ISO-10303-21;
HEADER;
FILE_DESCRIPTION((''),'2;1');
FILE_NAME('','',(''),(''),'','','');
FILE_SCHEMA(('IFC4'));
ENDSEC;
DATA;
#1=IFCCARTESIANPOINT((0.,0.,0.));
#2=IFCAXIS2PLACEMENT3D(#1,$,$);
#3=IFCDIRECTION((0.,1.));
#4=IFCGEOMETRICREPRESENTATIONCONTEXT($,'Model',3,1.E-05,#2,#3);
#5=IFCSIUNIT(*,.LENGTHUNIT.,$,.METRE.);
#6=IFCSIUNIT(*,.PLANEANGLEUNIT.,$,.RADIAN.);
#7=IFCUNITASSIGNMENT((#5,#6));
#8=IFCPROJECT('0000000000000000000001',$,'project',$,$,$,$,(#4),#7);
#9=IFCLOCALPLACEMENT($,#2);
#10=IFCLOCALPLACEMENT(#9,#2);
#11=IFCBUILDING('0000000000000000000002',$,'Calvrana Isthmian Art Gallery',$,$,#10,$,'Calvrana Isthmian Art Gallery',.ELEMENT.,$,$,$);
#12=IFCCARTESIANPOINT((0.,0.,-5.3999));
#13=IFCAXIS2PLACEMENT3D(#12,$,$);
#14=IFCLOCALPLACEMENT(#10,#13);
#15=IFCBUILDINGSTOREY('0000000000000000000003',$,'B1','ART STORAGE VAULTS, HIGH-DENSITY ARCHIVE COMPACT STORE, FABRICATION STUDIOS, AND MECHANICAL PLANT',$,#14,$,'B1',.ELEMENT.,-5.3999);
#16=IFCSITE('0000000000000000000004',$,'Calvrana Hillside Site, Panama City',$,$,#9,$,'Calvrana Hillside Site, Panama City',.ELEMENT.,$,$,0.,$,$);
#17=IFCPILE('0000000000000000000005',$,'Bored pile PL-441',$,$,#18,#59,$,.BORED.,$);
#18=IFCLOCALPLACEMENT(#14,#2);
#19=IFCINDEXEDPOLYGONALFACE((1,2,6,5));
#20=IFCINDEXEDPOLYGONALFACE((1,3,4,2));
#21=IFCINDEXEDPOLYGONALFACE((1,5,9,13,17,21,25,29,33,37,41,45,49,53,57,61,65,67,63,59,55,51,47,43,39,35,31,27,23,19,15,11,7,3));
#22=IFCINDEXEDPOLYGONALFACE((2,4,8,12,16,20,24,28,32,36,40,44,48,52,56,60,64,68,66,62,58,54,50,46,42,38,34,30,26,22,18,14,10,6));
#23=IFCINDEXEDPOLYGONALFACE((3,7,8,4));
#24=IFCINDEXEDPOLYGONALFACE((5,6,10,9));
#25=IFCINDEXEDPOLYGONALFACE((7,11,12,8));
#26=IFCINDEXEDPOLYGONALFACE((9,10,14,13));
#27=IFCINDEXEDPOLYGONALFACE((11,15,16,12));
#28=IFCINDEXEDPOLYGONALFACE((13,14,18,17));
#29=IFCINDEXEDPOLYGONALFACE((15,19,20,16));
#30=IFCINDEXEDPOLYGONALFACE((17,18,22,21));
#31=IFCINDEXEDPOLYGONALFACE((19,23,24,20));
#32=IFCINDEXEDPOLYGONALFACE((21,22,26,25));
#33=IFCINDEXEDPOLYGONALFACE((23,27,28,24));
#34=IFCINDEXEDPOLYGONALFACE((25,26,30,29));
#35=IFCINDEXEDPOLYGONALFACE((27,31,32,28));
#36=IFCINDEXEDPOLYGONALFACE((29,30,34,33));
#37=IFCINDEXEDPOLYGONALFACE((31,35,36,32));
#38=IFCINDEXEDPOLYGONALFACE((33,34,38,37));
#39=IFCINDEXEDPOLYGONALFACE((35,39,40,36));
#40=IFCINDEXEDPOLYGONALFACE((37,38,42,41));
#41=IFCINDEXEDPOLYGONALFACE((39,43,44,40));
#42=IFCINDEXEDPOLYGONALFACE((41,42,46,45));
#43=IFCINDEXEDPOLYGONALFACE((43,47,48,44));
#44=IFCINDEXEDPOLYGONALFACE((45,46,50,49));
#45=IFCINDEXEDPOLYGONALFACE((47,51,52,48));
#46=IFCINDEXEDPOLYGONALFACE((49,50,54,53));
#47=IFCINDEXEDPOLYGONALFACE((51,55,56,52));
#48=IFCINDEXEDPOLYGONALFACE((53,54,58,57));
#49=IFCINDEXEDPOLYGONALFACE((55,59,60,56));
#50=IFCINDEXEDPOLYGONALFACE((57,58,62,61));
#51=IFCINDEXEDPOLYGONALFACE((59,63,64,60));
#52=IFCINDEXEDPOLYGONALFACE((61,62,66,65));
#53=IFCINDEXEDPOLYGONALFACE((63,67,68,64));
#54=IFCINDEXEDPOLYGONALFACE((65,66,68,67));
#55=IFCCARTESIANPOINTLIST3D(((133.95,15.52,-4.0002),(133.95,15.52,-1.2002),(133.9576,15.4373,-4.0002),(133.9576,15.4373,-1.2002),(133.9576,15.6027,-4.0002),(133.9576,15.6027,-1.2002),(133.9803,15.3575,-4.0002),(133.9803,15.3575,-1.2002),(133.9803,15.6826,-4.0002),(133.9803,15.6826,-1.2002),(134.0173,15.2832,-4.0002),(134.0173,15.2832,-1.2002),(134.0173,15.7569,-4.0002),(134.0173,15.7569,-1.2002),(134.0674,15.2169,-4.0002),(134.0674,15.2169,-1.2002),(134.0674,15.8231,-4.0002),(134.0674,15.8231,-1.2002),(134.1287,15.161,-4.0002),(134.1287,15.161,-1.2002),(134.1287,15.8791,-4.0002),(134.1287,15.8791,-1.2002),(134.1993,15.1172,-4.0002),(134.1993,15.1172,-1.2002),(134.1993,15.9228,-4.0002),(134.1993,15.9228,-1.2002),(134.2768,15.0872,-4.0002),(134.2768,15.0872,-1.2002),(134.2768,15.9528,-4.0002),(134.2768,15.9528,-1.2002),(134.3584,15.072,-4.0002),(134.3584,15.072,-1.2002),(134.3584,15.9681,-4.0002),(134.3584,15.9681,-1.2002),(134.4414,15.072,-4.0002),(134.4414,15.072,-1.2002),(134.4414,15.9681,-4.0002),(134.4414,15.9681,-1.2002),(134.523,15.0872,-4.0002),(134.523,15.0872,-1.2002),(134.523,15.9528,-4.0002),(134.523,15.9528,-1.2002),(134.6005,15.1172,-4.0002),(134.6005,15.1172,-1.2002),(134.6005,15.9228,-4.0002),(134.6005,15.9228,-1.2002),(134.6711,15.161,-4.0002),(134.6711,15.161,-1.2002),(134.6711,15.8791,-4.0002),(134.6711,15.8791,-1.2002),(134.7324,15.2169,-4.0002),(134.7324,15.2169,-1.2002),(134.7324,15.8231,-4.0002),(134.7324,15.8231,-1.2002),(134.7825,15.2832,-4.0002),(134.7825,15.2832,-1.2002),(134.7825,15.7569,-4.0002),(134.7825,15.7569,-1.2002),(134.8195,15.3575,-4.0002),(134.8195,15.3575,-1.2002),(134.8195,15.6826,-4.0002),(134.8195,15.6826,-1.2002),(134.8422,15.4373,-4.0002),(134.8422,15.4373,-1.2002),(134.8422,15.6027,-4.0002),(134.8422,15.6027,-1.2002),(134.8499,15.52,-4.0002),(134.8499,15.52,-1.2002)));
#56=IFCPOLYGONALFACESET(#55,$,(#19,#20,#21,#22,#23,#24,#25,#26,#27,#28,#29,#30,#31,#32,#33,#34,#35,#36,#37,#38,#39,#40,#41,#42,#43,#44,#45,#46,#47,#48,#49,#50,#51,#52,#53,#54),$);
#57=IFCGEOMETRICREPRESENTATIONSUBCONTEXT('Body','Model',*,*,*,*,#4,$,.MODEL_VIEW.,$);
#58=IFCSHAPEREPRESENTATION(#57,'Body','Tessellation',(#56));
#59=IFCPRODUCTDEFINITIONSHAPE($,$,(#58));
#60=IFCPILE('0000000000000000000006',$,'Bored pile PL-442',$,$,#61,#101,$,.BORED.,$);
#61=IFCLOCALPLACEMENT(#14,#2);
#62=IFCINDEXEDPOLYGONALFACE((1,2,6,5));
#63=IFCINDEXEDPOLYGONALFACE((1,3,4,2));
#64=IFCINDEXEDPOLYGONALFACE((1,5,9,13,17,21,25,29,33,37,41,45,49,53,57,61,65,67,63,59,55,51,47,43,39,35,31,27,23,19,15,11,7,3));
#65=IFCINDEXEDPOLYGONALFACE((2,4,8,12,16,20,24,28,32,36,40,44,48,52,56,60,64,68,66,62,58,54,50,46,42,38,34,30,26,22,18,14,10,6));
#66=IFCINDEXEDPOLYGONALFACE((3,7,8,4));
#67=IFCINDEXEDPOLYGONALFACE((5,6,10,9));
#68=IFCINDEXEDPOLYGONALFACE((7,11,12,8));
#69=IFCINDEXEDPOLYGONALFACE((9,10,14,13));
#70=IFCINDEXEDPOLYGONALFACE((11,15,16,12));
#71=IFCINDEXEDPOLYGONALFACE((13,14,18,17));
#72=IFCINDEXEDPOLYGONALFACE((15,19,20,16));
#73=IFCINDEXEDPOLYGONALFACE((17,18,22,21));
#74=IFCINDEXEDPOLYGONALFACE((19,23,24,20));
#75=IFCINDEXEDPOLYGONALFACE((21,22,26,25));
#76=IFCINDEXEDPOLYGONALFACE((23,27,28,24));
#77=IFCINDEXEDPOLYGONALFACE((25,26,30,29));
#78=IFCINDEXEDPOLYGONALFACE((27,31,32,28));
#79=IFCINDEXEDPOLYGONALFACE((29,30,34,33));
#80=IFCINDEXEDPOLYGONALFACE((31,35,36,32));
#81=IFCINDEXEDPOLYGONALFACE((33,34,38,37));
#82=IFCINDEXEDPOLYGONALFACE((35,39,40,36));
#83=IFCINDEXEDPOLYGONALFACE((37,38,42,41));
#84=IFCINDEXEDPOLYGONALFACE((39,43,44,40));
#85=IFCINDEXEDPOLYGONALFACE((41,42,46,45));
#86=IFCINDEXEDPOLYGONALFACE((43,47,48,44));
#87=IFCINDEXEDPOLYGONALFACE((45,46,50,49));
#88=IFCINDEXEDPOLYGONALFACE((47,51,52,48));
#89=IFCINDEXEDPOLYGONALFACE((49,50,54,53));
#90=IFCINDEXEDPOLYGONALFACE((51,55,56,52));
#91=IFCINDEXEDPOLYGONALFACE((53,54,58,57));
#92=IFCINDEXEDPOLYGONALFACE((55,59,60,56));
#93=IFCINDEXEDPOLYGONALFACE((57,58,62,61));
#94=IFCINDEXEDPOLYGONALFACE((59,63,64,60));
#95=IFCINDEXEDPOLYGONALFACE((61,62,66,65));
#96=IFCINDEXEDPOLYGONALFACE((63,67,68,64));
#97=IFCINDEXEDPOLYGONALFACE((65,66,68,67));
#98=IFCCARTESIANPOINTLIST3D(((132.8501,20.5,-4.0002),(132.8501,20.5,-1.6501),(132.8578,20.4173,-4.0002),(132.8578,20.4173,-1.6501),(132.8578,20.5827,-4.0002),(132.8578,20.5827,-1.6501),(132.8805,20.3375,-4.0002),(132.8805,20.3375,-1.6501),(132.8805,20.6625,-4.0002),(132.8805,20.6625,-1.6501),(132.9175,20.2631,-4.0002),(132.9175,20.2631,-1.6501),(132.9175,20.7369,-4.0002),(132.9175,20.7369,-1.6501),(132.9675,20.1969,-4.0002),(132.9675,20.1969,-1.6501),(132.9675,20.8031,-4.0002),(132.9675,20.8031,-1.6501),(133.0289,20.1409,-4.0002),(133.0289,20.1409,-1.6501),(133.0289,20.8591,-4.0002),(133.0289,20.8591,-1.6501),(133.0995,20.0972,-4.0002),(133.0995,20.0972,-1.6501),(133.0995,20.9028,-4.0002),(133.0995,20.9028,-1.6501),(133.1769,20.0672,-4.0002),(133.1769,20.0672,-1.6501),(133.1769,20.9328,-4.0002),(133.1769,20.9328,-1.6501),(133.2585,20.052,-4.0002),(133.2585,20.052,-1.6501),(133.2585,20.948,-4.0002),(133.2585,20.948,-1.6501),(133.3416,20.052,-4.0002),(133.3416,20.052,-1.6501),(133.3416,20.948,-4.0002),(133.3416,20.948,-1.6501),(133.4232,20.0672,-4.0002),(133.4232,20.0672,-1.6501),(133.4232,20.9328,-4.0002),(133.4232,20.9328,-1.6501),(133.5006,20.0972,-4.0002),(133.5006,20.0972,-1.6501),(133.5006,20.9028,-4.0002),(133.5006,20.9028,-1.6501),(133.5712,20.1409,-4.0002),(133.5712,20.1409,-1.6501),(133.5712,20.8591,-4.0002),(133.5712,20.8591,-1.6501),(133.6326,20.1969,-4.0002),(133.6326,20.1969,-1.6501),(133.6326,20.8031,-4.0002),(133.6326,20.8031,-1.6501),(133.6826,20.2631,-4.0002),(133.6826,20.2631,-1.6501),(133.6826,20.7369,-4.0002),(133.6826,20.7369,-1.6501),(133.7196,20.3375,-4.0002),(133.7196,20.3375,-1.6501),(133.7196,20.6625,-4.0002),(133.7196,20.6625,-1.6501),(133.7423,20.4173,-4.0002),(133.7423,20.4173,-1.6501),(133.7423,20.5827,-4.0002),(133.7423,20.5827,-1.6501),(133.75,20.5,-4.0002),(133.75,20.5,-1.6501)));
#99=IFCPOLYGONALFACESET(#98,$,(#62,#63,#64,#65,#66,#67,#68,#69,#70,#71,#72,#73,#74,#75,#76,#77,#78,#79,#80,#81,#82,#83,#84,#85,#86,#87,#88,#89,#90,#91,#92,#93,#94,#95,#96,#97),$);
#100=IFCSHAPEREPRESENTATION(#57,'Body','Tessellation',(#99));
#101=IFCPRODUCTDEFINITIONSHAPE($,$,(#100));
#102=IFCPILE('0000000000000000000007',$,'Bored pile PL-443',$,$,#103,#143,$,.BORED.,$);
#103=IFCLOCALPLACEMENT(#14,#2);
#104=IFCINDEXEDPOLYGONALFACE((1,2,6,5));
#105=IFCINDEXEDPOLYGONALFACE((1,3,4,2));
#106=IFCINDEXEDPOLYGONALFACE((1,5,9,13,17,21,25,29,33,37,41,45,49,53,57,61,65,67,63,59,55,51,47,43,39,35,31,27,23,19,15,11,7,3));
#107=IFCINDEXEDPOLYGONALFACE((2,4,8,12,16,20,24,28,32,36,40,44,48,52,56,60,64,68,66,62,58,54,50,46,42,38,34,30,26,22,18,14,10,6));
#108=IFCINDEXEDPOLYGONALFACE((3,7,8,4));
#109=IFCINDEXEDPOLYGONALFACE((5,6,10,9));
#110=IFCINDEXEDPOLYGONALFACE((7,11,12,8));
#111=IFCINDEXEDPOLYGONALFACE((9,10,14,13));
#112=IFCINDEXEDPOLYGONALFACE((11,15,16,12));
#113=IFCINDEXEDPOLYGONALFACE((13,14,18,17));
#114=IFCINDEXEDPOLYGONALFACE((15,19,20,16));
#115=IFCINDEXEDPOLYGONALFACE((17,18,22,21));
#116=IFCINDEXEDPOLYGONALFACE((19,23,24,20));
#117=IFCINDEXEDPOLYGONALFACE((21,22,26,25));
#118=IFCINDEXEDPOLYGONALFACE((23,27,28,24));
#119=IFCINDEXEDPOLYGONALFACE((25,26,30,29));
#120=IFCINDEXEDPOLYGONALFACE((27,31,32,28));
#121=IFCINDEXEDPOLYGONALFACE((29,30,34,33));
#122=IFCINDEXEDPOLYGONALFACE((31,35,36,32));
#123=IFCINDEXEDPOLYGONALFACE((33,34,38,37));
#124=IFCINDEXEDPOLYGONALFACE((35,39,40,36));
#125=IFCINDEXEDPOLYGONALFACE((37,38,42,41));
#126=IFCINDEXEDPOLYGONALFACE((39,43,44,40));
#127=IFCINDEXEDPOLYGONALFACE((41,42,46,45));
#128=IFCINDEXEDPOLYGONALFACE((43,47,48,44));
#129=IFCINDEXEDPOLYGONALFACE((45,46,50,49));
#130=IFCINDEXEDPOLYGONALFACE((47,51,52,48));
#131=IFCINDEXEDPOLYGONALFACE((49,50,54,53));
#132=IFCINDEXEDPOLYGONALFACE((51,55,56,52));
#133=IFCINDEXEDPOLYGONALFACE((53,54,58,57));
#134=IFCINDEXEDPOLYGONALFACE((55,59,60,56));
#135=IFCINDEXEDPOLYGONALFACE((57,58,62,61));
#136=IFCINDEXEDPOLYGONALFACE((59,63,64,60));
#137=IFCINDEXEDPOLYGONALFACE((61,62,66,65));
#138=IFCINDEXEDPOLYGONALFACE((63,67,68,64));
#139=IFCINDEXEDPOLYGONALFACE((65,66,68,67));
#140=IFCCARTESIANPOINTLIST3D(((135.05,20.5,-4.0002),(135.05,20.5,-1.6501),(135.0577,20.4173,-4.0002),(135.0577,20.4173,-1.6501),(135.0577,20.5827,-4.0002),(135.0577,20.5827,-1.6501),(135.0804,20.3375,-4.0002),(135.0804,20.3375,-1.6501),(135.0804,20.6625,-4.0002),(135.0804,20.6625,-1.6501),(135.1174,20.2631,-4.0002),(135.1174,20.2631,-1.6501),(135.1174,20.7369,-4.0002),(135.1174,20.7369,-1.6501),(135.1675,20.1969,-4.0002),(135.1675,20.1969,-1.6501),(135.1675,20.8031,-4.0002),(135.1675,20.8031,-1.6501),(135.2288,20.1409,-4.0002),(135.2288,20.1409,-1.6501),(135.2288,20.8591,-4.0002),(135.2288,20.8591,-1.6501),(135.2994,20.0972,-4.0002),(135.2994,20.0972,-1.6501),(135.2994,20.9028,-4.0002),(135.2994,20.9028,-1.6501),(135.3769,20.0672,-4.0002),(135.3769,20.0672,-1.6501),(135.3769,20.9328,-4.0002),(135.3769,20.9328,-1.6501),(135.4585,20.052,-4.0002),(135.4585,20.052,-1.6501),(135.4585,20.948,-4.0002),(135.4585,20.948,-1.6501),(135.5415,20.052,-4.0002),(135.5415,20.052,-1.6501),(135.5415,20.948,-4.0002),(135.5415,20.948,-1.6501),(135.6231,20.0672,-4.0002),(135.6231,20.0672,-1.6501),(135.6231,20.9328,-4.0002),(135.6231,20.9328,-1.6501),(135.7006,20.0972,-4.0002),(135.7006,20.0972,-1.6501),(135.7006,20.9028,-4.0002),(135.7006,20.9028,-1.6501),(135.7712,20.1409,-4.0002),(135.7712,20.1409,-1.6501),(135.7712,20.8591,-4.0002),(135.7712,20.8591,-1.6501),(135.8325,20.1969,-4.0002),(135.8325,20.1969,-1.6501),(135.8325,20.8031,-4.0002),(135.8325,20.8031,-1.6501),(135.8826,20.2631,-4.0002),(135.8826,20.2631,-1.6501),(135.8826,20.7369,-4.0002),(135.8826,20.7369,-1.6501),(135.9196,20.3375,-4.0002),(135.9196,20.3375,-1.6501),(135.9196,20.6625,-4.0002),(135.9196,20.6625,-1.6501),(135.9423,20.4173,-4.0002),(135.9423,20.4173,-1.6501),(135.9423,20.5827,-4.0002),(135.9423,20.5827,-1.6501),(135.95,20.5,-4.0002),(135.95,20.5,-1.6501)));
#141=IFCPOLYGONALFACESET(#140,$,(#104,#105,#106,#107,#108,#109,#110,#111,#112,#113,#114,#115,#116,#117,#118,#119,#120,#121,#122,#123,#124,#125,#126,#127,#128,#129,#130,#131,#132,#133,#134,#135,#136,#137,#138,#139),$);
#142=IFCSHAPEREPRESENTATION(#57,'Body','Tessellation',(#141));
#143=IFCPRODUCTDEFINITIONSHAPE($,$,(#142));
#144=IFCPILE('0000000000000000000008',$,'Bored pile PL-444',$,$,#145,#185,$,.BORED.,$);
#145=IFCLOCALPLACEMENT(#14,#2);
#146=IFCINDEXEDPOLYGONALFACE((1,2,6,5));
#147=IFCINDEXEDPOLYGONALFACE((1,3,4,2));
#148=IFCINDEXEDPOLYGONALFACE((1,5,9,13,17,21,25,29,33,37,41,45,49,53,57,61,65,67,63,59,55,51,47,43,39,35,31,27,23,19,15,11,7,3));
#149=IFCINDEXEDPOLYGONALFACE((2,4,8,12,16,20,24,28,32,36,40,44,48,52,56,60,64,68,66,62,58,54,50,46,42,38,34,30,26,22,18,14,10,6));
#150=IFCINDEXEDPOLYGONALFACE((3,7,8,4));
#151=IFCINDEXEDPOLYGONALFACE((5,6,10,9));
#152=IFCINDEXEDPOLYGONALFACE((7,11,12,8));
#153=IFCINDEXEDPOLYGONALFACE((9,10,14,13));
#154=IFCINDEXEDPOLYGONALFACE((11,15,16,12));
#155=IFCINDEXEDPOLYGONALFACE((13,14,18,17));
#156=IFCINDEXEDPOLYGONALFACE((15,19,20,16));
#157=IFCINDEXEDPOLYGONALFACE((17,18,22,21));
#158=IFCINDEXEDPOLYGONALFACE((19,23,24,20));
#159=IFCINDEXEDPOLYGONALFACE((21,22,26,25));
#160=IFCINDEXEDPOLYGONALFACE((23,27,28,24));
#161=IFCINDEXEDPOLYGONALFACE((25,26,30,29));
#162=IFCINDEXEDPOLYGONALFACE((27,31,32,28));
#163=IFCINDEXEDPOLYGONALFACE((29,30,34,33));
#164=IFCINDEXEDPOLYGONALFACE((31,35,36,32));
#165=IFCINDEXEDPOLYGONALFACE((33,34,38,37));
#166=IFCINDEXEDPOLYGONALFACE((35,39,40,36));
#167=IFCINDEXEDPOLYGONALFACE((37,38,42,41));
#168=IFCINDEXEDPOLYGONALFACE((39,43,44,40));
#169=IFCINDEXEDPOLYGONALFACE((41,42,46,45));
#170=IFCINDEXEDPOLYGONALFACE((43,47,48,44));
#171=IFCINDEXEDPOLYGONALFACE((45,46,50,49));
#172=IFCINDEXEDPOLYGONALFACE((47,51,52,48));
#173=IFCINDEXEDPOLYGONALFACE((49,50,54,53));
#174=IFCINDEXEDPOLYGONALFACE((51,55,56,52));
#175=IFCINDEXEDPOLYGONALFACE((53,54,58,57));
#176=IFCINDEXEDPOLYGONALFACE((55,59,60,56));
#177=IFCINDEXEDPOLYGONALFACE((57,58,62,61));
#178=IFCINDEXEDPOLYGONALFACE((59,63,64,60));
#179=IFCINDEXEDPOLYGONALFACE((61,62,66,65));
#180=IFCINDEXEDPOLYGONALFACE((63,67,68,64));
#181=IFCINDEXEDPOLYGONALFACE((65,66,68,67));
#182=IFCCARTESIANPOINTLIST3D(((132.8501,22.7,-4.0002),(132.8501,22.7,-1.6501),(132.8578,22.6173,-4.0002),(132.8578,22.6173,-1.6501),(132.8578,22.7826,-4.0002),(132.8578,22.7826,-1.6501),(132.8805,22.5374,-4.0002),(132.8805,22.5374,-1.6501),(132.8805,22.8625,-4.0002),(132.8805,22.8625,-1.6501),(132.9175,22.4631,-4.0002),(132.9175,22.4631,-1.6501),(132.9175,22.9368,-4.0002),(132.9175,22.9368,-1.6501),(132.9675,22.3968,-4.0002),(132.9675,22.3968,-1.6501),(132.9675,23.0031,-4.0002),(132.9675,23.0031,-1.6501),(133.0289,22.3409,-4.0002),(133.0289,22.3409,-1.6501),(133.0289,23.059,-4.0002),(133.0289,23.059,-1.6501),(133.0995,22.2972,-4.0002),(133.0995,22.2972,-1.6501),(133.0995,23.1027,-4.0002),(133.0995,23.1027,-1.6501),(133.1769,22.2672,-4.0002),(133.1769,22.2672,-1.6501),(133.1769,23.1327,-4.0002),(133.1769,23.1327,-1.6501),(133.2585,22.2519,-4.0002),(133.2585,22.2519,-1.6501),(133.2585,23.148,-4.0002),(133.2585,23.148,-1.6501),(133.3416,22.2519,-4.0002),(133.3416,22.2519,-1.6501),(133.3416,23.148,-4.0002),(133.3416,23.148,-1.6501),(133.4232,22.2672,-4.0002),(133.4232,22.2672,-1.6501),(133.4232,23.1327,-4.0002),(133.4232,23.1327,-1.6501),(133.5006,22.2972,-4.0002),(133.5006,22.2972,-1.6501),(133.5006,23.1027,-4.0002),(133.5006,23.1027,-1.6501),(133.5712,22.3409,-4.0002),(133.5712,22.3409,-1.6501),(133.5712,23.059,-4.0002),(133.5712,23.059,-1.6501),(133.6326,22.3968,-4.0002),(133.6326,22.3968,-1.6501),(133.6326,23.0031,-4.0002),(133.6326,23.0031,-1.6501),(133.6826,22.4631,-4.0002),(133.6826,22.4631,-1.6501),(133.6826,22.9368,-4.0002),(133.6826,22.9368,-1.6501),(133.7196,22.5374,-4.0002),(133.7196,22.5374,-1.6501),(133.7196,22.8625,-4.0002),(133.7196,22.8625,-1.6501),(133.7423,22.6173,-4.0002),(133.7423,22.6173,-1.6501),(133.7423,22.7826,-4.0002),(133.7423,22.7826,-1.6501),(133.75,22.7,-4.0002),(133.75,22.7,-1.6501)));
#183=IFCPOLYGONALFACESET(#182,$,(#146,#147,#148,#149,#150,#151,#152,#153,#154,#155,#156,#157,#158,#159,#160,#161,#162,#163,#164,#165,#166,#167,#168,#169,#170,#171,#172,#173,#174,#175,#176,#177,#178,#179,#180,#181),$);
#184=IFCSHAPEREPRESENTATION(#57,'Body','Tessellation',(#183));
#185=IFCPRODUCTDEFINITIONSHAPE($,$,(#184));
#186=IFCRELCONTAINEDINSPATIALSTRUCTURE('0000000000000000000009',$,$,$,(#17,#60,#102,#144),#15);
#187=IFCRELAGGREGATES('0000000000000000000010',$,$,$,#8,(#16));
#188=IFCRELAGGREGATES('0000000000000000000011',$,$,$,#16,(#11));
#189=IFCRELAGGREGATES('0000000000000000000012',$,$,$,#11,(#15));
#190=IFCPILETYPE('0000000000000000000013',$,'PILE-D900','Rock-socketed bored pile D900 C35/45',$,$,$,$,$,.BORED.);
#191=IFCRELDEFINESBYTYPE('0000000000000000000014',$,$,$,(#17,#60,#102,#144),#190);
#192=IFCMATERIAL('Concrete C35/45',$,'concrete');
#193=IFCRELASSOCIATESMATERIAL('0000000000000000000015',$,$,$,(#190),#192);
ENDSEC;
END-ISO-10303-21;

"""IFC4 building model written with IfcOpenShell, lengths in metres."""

from ifc_helpers import new_model, si_unit, direction, frame, origin, origin_2d, place, context, subcontext, project, spatial, circle, extrude, material, material_profile, profile_set, type_object, element, save


model = new_model("IFC4")

# Units and contexts
model_context = context("Model", 3, precision=1e-05, world=origin(), true_north=direction((0.0, 1.0)))
body_context = subcontext(model_context, "Body", "Model", "MODEL_VIEW")
ifc_project = project(units=[si_unit("LENGTHUNIT", "METRE"), si_unit("PLANEANGLEUNIT", "RADIAN")], contexts=[model_context])

# Site, building, storey
site_placement = place(None, origin())
site = spatial("IfcSite", under=ifc_project, at=site_placement, Name="Calvrana Hillside Site, Panama City", LongName="Calvrana Hillside Site, Panama City", CompositionType="ELEMENT", RefElevation=0.0)
building_placement = place(site_placement, origin())
building = spatial("IfcBuilding", under=site, at=building_placement, Name="Calvrana Isthmian Art Gallery", LongName="Calvrana Isthmian Art Gallery", CompositionType="ELEMENT")
storey_placement = place(building_placement, frame((0.0, 0.0, -5.3999)))
storey = spatial("IfcBuildingStorey", under=building, at=storey_placement, Name="B1", Description="ART STORAGE VAULTS, HIGH-DENSITY ARCHIVE COMPACT STORE, FABRICATION STUDIOS, AND MECHANICAL PLANT", LongName="B1", CompositionType="ELEMENT", Elevation=-5.3999)

# Shared definitions
ifc_material_1 = material(Name="Concrete C35/45", Category="concrete")

# Piles
ifc_material_profile_1 = material_profile(ifc_material_1, circle(Radius=0.45, at=origin_2d()), Name="PILE900D")
ifc_profile_set_1 = profile_set([ifc_material_profile_1], Name="Concrete C35/45")
pile_type_1 = type_object("IfcPileType", Name="PILE-D900", Description="Rock-socketed bored pile D900 C35/45", PredefinedType="BORED", material=ifc_profile_set_1)
pile_1_placement = place(storey_placement, frame((134.3999, 15.52, -1.2002), z_axis=(0.0, 0.0, -1.0), x_axis=(1.0, 0.0, 0.0)))
element("IfcPile", 1, at=pile_1_placement, inside=storey, type_object=pile_type_1, Name="Bored pile PL-441", PredefinedType="BORED", context=body_context, shape_type="SweptSolid", body=[
    extrude(circle(Radius=0.45, at=origin_2d()), origin(), (0.0, 0.0, 1.0), 2.8),
])
for number, where, z_axis, x_axis, name in (
    (2, (133.3, 20.5, -1.6501), (0.0, 0.0, -1.0), (1.0, 0.0, 0.0), "Bored pile PL-442"),
    (3, (135.5, 20.5, -1.6501), (0.0, 0.0, -1.0), (1.0, 0.0, 0.0), "Bored pile PL-443"),
    (4, (133.3, 22.7, -1.6501), (0.0, 0.0, -1.0), (1.0, 0.0, 0.0), "Bored pile PL-444"),
):
    element("IfcPile", number, at=place(storey_placement, frame(where, z_axis=z_axis, x_axis=x_axis)), inside=storey, type_object=pile_type_1, Name=name, PredefinedType="BORED", context=body_context, shape_type="SweptSolid", body=[
        extrude(circle(Radius=0.45, at=origin_2d()), origin(), (0.0, 0.0, 1.0), 2.3501),
    ])

save(model, "model.ifc")
